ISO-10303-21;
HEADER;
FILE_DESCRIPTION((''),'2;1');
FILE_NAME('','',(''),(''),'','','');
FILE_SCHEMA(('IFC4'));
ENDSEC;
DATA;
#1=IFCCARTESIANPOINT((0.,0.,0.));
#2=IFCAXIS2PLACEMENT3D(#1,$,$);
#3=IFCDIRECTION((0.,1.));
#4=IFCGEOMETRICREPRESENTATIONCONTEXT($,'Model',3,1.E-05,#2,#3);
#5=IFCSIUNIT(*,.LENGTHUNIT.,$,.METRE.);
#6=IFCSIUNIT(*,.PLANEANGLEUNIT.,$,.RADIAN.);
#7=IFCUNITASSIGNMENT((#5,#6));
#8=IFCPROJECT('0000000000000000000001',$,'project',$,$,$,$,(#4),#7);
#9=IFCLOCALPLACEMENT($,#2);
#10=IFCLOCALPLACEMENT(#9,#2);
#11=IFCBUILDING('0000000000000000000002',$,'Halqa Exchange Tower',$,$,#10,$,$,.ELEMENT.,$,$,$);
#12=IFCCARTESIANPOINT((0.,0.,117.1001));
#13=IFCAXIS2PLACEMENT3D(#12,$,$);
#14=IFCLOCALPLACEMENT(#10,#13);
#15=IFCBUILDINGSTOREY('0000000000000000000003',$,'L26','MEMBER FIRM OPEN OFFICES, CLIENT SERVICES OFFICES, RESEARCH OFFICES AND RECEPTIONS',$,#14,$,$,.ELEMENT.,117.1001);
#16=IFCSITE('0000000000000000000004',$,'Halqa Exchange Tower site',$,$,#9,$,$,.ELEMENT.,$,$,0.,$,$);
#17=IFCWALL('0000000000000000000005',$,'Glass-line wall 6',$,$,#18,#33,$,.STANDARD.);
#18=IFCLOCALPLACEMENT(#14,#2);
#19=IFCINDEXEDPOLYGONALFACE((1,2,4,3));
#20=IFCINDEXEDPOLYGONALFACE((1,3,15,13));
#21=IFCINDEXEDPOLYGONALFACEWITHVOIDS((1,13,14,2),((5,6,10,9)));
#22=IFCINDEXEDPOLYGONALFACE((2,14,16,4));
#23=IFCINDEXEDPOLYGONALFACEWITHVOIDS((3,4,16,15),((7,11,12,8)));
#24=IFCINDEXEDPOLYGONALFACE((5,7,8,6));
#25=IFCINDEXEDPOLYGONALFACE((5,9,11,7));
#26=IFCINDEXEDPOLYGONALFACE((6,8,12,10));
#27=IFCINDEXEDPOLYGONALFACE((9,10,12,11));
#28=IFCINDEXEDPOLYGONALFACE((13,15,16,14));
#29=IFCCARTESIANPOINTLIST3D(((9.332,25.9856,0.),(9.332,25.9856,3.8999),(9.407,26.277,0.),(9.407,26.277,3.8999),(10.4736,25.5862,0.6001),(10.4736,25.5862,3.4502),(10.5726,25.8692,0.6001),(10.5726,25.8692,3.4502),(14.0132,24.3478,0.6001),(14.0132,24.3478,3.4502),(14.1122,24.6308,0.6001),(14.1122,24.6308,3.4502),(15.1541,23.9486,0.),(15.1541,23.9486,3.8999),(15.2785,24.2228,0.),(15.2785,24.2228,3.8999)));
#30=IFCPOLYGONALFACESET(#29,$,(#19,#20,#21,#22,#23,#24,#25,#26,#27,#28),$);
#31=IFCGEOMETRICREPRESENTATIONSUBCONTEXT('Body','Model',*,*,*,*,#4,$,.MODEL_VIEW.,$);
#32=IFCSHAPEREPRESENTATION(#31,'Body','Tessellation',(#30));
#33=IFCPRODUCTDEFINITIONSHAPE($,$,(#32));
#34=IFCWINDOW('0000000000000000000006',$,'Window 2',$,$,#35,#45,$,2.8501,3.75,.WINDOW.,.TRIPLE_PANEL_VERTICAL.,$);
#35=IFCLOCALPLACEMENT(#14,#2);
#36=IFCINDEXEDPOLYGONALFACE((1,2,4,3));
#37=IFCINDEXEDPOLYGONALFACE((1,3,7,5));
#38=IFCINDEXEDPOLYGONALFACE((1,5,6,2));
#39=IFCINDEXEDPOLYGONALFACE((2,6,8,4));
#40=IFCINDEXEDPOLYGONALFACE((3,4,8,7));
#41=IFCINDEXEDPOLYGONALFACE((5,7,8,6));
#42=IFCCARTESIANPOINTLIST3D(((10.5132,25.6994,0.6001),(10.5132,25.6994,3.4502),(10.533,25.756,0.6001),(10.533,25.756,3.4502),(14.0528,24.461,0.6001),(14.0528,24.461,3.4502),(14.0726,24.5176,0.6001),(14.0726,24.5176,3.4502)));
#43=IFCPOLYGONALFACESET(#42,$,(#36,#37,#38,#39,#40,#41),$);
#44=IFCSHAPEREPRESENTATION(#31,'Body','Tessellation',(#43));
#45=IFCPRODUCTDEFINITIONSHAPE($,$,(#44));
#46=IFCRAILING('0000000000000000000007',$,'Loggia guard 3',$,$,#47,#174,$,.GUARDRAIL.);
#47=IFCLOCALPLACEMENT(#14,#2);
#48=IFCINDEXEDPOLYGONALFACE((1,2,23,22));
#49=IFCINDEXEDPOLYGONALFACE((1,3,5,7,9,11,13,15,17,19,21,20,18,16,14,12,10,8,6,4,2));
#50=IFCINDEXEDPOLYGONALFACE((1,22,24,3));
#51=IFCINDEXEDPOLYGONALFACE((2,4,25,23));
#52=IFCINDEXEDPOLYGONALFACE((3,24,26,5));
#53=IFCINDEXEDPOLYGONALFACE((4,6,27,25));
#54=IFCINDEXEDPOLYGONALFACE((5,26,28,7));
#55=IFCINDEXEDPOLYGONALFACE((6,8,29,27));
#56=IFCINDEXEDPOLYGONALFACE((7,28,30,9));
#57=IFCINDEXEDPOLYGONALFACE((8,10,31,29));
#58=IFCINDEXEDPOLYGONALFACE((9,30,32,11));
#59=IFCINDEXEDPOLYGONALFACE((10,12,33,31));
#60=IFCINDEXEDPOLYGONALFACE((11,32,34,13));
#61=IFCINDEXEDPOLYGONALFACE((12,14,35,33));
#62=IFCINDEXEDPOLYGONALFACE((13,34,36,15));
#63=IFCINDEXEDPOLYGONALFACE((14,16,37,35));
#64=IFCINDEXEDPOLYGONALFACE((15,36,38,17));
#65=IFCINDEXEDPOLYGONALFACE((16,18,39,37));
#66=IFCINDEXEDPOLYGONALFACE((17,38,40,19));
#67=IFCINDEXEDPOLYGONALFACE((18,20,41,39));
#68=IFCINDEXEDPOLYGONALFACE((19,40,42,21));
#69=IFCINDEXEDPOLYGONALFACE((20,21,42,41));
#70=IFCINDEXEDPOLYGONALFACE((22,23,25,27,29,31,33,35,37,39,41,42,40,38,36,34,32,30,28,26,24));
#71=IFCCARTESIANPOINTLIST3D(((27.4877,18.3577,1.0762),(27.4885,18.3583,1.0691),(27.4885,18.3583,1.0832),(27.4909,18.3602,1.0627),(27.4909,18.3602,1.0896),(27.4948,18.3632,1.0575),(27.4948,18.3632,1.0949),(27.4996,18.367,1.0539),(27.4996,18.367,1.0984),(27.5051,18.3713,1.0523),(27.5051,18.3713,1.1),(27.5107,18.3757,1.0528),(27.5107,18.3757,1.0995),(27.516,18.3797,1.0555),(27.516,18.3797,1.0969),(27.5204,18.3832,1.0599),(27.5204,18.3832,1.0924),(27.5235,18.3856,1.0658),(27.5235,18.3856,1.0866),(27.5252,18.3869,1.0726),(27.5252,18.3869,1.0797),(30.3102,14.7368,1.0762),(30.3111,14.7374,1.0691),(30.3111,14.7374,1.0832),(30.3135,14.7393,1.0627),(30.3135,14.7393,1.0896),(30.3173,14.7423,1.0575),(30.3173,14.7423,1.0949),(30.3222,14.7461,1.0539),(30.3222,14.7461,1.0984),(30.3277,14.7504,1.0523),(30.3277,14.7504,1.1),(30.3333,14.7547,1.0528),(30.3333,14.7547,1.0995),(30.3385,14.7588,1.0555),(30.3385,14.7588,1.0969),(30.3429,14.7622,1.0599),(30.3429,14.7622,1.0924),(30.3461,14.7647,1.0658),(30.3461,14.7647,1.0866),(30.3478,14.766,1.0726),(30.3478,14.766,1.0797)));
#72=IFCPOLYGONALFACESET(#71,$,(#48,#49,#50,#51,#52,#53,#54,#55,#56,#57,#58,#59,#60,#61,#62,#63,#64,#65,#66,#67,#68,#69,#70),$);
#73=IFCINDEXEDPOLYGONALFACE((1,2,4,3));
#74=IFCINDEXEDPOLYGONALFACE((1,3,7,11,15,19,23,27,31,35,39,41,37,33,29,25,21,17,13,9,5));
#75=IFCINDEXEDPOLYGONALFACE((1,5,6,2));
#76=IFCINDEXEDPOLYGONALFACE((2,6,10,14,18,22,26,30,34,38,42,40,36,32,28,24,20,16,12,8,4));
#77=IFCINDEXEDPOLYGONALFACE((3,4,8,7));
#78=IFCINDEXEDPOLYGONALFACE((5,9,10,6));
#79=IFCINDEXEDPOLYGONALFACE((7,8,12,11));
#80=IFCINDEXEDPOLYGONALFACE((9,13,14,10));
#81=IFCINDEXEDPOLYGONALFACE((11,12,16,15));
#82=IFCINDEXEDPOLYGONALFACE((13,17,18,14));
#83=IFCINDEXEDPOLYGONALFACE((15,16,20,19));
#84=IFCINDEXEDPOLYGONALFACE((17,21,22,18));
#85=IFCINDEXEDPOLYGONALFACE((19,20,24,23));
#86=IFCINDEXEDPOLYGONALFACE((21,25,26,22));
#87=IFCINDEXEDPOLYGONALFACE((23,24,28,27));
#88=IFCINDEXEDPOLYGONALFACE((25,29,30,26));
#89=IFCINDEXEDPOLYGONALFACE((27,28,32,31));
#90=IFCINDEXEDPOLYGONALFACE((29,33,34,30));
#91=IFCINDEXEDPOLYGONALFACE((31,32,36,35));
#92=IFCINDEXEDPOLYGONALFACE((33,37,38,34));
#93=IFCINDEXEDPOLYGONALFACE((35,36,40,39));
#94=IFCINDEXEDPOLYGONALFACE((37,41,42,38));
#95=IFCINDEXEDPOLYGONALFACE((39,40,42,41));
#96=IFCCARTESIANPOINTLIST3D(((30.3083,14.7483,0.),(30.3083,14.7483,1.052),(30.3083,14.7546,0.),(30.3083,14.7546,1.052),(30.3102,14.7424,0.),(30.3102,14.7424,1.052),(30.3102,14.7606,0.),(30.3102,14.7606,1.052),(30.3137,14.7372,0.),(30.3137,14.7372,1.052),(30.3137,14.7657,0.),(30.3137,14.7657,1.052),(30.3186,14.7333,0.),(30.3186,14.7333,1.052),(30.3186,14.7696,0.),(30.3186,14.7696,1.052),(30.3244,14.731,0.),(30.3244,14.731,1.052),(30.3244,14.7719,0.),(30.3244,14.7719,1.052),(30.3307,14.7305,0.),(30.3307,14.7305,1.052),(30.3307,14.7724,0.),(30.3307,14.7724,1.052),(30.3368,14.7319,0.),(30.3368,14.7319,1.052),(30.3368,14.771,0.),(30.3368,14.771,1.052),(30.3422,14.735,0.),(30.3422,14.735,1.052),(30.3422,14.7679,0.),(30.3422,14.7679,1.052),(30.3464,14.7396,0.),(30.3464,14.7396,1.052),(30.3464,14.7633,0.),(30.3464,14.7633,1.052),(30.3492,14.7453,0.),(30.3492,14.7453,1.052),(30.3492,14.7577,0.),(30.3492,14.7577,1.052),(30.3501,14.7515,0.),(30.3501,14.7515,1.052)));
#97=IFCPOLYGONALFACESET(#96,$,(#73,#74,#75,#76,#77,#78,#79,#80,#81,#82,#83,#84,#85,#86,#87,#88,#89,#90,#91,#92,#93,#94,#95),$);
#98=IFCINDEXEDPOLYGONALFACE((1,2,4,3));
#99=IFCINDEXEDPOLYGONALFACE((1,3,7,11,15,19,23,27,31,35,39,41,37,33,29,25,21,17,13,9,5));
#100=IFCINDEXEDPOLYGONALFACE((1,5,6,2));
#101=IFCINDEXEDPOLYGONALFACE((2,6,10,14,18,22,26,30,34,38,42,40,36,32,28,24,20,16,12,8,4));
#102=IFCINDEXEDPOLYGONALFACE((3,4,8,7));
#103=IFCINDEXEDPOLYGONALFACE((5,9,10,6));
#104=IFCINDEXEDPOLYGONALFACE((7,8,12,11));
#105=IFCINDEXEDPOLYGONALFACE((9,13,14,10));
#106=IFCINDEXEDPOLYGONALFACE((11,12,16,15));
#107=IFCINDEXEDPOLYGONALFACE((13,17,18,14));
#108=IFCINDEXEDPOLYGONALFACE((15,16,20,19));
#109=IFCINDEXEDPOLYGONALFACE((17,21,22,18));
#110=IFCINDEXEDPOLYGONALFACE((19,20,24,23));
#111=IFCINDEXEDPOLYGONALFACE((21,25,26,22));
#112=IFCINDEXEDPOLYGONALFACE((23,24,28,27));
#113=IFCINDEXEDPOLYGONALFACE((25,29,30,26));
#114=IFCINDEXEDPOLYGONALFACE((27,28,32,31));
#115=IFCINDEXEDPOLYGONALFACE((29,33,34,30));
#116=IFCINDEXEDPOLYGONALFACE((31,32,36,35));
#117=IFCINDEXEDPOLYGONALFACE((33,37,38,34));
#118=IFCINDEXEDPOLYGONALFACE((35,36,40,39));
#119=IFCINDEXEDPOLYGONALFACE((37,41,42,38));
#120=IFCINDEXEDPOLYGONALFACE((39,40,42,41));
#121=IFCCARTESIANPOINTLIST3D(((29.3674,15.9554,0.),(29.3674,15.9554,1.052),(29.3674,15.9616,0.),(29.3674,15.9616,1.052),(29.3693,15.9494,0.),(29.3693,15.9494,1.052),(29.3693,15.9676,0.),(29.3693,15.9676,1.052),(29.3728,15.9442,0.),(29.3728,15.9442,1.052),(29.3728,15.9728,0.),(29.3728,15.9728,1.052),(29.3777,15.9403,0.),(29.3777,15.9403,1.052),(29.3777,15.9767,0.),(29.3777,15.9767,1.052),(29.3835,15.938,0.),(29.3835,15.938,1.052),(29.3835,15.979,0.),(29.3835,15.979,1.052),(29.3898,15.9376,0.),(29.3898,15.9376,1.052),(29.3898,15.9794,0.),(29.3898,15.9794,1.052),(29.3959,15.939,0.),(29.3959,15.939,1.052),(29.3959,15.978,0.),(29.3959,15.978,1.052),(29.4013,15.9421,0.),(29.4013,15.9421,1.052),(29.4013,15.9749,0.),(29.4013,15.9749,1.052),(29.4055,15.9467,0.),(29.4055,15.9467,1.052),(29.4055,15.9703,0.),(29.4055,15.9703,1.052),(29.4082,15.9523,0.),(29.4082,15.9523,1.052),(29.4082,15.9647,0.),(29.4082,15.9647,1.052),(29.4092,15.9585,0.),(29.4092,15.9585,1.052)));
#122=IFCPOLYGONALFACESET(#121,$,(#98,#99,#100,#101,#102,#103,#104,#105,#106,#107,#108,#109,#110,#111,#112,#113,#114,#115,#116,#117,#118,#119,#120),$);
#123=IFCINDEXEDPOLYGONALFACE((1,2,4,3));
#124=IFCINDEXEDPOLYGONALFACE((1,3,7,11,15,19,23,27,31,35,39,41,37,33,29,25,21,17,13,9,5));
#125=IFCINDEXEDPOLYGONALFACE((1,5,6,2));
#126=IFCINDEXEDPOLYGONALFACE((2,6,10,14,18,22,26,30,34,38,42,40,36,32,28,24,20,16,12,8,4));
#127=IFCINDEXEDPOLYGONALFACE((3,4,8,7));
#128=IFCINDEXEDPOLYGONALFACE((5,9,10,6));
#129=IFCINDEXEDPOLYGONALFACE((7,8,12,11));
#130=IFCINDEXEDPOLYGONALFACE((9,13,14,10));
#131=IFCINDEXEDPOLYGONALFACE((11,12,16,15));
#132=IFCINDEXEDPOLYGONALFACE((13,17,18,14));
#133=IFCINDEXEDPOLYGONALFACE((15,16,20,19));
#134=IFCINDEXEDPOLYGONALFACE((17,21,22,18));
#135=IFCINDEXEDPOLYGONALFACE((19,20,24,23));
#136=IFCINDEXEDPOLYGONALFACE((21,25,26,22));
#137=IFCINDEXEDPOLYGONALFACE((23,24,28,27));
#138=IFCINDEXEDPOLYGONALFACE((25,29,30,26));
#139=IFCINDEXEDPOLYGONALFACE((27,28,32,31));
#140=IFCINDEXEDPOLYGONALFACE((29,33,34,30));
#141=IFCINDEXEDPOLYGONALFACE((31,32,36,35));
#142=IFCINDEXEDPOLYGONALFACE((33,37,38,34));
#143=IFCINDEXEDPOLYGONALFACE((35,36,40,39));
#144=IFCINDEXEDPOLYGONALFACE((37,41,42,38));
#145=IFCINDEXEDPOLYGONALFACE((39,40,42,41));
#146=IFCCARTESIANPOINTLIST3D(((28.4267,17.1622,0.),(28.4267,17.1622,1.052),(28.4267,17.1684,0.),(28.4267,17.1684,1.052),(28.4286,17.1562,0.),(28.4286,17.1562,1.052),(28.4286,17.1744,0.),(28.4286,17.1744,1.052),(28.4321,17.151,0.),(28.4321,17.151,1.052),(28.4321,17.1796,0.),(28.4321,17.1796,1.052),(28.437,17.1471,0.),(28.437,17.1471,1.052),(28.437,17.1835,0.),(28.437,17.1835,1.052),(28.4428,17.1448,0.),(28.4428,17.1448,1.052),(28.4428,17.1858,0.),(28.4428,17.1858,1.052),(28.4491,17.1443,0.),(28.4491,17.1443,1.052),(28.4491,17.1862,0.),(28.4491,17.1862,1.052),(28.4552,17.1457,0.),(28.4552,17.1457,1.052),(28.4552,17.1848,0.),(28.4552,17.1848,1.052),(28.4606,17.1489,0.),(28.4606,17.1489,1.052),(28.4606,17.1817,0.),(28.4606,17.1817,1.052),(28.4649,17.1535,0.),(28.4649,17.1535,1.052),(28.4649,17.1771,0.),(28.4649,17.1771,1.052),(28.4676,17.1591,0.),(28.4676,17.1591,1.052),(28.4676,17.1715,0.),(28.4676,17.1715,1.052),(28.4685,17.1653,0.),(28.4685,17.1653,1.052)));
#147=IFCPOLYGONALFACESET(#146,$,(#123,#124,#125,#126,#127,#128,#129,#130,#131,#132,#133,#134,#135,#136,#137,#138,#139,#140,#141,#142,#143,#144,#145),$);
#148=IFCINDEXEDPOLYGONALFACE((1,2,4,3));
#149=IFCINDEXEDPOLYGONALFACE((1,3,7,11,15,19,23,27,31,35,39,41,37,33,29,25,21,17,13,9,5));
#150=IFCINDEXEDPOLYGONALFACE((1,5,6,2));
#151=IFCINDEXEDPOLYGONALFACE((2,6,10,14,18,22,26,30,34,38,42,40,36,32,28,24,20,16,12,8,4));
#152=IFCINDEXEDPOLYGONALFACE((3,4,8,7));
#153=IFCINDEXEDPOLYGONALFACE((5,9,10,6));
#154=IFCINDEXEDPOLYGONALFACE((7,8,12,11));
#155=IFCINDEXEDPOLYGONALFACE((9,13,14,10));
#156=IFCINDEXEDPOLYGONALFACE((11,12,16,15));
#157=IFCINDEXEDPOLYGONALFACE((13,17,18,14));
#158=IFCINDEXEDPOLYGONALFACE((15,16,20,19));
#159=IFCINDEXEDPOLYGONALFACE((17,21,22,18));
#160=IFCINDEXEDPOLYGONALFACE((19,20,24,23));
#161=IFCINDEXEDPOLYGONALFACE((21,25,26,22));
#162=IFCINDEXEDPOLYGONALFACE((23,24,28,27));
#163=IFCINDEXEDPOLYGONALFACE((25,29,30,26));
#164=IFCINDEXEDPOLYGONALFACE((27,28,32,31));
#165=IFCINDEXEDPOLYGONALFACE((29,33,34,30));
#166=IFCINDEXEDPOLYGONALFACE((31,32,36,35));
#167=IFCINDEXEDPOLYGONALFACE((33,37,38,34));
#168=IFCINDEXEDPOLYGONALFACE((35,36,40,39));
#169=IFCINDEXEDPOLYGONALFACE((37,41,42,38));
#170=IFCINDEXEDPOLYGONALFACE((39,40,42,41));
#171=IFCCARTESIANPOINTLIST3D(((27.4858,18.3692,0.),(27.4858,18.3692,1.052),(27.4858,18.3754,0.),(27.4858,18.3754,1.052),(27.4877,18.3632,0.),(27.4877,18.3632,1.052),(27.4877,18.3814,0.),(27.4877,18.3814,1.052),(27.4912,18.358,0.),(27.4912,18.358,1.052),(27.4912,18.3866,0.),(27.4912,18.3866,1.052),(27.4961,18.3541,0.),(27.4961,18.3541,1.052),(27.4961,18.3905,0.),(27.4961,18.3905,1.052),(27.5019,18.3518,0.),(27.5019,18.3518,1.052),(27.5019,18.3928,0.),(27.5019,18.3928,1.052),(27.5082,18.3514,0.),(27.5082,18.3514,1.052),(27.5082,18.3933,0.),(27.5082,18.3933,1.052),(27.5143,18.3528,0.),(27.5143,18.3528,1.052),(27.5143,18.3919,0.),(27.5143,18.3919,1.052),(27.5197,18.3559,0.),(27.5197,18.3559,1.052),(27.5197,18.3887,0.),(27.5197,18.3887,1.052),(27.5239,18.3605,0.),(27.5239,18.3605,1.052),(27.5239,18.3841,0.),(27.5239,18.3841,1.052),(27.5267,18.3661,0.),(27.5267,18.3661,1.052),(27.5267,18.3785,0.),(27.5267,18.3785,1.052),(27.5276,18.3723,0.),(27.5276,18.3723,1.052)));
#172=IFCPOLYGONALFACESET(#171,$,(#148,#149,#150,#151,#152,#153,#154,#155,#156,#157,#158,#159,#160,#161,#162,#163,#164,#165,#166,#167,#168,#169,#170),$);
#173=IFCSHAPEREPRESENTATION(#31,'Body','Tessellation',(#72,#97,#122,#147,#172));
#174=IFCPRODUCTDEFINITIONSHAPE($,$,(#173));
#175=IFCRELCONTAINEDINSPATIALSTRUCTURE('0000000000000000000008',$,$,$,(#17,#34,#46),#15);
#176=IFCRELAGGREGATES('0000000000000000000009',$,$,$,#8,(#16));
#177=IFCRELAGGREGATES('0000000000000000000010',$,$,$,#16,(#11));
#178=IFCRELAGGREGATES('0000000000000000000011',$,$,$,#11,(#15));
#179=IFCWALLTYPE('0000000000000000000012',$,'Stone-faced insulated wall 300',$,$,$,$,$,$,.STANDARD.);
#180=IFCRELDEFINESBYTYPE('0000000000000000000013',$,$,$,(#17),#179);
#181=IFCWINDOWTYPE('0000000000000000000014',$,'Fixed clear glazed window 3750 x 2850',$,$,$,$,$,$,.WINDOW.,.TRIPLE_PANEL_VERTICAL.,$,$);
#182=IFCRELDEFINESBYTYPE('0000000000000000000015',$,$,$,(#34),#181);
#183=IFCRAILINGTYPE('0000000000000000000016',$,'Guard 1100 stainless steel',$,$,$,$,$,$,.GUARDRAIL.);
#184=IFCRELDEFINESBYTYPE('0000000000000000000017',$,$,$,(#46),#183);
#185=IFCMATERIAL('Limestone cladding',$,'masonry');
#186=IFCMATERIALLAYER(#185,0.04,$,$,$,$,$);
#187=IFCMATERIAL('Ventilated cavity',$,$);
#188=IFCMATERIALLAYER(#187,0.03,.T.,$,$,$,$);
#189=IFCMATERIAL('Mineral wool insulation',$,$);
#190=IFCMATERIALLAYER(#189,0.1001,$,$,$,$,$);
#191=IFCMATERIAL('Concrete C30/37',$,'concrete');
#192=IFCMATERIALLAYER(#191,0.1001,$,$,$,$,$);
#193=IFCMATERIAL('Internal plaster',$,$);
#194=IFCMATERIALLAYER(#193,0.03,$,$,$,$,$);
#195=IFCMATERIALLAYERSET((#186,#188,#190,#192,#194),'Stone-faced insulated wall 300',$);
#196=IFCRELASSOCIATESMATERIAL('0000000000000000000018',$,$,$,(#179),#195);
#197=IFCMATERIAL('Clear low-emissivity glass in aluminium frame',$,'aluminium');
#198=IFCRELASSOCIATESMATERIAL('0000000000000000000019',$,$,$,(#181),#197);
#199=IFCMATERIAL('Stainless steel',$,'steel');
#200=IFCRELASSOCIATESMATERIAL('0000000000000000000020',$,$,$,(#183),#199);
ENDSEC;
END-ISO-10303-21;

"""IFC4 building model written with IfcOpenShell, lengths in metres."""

from ifc_helpers import new_model, si_unit, direction, frame, frame_2d, origin, origin_2d, place, context, subcontext, project, spatial, polyline, rectangle, circle, outline, extrude, material, layer, layer_set, type_object, element, fill, save


model = new_model("IFC4")

# Units and contexts
model_context = context("Model", 3, precision=1e-05, world=origin(), true_north=direction((0.0, 1.0)))
body_context = subcontext(model_context, "Body", "Model", "MODEL_VIEW")
ifc_project = project(units=[si_unit("LENGTHUNIT", "METRE"), si_unit("PLANEANGLEUNIT", "RADIAN")], contexts=[model_context])

# Site, building, storey
site_placement = place(None, origin())
site = spatial("IfcSite", under=ifc_project, at=site_placement, Name="Halqa Exchange Tower site", CompositionType="ELEMENT", RefElevation=0.0)
building_placement = place(site_placement, origin())
building = spatial("IfcBuilding", under=site, at=building_placement, Name="Halqa Exchange Tower", CompositionType="ELEMENT")
storey_placement = place(building_placement, frame((0.0, 0.0, 117.1001)))
storey = spatial("IfcBuildingStorey", under=building, at=storey_placement, Name="L26", Description="MEMBER FIRM OPEN OFFICES, CLIENT SERVICES OFFICES, RESEARCH OFFICES AND RECEPTIONS", CompositionType="ELEMENT", Elevation=117.1001)

# Shared definitions
ifc_material_1 = material(Name="Limestone cladding", Category="masonry")
ifc_layer_1 = layer(ifc_material_1, 0.04)
ifc_material_2 = material(Name="Ventilated cavity")
ifc_layer_2 = layer(ifc_material_2, 0.03, ventilated=True)
ifc_material_3 = material(Name="Mineral wool insulation")
ifc_layer_3 = layer(ifc_material_3, 0.1001)
ifc_material_4 = material(Name="Concrete C30/37", Category="concrete")
ifc_layer_4 = layer(ifc_material_4, 0.1001)
ifc_material_5 = material(Name="Internal plaster")
ifc_layer_5 = layer(ifc_material_5, 0.03)
ifc_layer_set_1 = layer_set([ifc_layer_1, ifc_layer_2, ifc_layer_3, ifc_layer_4, ifc_layer_5], Name="Stone-faced insulated wall 300")
wall_type_1 = type_object("IfcWallType", Name="Stone-faced insulated wall 300", PredefinedType="STANDARD", material=ifc_layer_set_1)
ifc_material_6 = material(Name="Clear low-emissivity glass in aluminium frame", Category="aluminium")

# Wall, opening, window
window_type = type_object("IfcWindowType", Name="Fixed clear glazed window 3750 x 2850", PartitioningType="TRIPLE_PANEL_VERTICAL", PredefinedType="WINDOW", material=ifc_material_6)
wall_1_placement = place(storey_placement, frame((15.2163, 24.0857, 0.0), z_axis=(0.0, 0.0, 1.0), x_axis=(-0.943897, 0.33024, 0.0)))
wall_1 = element("IfcWall", 1, at=wall_1_placement, inside=storey, type_object=wall_type_1, Name="Glass-line wall 6", PredefinedType="STANDARD", context=body_context, shape_type="SweptSolid", body=[
    extrude(outline(polyline([(-0.0134, -0.1499), (6.207, -0.1499), (6.1816, 0.1499), (0.0134, 0.1499), (-0.0134, -0.1499)])), origin(), (0.0, 0.0, 1.0), 3.8999),
])
opening_1_placement = place(wall_1_placement, frame((1.2222, 0.0, 0.6001)))
opening_1 = element("IfcOpeningElement", 2, at=opening_1_placement, cuts=wall_1, PredefinedType="OPENING", context=body_context, shape_type="SweptSolid", body=[
    extrude(rectangle(XDim=3.75, YDim=2.8501, at=frame_2d((1.875, 1.425))), frame((0.0, 0.1621, 0.0), z_axis=(0.0, -1.0, 0.0), x_axis=(1.0, 0.0, 0.0)), (0.0, 0.0, 1.0), 0.324),
])
window_1_placement = place(opening_1_placement, origin())
window_1 = element("IfcWindow", 3, at=window_1_placement, inside=storey, type_object=window_type, Name="Window 2", OverallHeight=2.8501, OverallWidth=3.75, PartitioningType="TRIPLE_PANEL_VERTICAL", PredefinedType="WINDOW", context=body_context, shape_type="SweptSolid", body=[
    extrude(rectangle(XDim=3.75, YDim=2.8501, at=frame_2d((1.875, 1.425))), frame((0.0, 0.03, 0.0), z_axis=(0.0, -1.0, 0.0), x_axis=(1.0, 0.0, 0.0)), (0.0, 0.0, 1.0), 0.0601),
])
fill(opening_1, window_1)

# Railing
ifc_material_7 = material(Name="Stainless steel", Category="steel")
railing_type = type_object("IfcRailingType", Name="Guard 1100 stainless steel", PredefinedType="GUARDRAIL", material=ifc_material_7)
railing_1_placement = place(storey_placement, frame((30.3291, 14.7515, 0.0)))
element("IfcRailing", 4, at=railing_1_placement, inside=storey, type_object=railing_type, Name="Loggia guard 3", PredefinedType="GUARDRAIL", context=body_context, shape_type="SweptSolid", body=[
    extrude(circle(Radius=0.0239, at=origin_2d()), frame((0.0, 0.0, 1.0762), z_axis=(-0.614794, 0.788687, 0.0), x_axis=(-0.788687, -0.614794, 0.0)), (0.0, 0.0, 1.0), 4.5911),
    extrude(circle(Radius=0.021, at=origin_2d()), origin(), (0.0, 0.0, 1.0), 1.052),
    extrude(circle(Radius=0.021, at=origin_2d()), frame((-0.9409, 1.207, 0.0)), (0.0, 0.0, 1.0), 1.052),
    extrude(circle(Radius=0.021, at=origin_2d()), frame((-1.8816, 2.4138, 0.0)), (0.0, 0.0, 1.0), 1.052),
    extrude(circle(Radius=0.021, at=origin_2d()), frame((-2.8225, 3.6208, 0.0)), (0.0, 0.0, 1.0), 1.052),
])

save(model, "model.ifc")
